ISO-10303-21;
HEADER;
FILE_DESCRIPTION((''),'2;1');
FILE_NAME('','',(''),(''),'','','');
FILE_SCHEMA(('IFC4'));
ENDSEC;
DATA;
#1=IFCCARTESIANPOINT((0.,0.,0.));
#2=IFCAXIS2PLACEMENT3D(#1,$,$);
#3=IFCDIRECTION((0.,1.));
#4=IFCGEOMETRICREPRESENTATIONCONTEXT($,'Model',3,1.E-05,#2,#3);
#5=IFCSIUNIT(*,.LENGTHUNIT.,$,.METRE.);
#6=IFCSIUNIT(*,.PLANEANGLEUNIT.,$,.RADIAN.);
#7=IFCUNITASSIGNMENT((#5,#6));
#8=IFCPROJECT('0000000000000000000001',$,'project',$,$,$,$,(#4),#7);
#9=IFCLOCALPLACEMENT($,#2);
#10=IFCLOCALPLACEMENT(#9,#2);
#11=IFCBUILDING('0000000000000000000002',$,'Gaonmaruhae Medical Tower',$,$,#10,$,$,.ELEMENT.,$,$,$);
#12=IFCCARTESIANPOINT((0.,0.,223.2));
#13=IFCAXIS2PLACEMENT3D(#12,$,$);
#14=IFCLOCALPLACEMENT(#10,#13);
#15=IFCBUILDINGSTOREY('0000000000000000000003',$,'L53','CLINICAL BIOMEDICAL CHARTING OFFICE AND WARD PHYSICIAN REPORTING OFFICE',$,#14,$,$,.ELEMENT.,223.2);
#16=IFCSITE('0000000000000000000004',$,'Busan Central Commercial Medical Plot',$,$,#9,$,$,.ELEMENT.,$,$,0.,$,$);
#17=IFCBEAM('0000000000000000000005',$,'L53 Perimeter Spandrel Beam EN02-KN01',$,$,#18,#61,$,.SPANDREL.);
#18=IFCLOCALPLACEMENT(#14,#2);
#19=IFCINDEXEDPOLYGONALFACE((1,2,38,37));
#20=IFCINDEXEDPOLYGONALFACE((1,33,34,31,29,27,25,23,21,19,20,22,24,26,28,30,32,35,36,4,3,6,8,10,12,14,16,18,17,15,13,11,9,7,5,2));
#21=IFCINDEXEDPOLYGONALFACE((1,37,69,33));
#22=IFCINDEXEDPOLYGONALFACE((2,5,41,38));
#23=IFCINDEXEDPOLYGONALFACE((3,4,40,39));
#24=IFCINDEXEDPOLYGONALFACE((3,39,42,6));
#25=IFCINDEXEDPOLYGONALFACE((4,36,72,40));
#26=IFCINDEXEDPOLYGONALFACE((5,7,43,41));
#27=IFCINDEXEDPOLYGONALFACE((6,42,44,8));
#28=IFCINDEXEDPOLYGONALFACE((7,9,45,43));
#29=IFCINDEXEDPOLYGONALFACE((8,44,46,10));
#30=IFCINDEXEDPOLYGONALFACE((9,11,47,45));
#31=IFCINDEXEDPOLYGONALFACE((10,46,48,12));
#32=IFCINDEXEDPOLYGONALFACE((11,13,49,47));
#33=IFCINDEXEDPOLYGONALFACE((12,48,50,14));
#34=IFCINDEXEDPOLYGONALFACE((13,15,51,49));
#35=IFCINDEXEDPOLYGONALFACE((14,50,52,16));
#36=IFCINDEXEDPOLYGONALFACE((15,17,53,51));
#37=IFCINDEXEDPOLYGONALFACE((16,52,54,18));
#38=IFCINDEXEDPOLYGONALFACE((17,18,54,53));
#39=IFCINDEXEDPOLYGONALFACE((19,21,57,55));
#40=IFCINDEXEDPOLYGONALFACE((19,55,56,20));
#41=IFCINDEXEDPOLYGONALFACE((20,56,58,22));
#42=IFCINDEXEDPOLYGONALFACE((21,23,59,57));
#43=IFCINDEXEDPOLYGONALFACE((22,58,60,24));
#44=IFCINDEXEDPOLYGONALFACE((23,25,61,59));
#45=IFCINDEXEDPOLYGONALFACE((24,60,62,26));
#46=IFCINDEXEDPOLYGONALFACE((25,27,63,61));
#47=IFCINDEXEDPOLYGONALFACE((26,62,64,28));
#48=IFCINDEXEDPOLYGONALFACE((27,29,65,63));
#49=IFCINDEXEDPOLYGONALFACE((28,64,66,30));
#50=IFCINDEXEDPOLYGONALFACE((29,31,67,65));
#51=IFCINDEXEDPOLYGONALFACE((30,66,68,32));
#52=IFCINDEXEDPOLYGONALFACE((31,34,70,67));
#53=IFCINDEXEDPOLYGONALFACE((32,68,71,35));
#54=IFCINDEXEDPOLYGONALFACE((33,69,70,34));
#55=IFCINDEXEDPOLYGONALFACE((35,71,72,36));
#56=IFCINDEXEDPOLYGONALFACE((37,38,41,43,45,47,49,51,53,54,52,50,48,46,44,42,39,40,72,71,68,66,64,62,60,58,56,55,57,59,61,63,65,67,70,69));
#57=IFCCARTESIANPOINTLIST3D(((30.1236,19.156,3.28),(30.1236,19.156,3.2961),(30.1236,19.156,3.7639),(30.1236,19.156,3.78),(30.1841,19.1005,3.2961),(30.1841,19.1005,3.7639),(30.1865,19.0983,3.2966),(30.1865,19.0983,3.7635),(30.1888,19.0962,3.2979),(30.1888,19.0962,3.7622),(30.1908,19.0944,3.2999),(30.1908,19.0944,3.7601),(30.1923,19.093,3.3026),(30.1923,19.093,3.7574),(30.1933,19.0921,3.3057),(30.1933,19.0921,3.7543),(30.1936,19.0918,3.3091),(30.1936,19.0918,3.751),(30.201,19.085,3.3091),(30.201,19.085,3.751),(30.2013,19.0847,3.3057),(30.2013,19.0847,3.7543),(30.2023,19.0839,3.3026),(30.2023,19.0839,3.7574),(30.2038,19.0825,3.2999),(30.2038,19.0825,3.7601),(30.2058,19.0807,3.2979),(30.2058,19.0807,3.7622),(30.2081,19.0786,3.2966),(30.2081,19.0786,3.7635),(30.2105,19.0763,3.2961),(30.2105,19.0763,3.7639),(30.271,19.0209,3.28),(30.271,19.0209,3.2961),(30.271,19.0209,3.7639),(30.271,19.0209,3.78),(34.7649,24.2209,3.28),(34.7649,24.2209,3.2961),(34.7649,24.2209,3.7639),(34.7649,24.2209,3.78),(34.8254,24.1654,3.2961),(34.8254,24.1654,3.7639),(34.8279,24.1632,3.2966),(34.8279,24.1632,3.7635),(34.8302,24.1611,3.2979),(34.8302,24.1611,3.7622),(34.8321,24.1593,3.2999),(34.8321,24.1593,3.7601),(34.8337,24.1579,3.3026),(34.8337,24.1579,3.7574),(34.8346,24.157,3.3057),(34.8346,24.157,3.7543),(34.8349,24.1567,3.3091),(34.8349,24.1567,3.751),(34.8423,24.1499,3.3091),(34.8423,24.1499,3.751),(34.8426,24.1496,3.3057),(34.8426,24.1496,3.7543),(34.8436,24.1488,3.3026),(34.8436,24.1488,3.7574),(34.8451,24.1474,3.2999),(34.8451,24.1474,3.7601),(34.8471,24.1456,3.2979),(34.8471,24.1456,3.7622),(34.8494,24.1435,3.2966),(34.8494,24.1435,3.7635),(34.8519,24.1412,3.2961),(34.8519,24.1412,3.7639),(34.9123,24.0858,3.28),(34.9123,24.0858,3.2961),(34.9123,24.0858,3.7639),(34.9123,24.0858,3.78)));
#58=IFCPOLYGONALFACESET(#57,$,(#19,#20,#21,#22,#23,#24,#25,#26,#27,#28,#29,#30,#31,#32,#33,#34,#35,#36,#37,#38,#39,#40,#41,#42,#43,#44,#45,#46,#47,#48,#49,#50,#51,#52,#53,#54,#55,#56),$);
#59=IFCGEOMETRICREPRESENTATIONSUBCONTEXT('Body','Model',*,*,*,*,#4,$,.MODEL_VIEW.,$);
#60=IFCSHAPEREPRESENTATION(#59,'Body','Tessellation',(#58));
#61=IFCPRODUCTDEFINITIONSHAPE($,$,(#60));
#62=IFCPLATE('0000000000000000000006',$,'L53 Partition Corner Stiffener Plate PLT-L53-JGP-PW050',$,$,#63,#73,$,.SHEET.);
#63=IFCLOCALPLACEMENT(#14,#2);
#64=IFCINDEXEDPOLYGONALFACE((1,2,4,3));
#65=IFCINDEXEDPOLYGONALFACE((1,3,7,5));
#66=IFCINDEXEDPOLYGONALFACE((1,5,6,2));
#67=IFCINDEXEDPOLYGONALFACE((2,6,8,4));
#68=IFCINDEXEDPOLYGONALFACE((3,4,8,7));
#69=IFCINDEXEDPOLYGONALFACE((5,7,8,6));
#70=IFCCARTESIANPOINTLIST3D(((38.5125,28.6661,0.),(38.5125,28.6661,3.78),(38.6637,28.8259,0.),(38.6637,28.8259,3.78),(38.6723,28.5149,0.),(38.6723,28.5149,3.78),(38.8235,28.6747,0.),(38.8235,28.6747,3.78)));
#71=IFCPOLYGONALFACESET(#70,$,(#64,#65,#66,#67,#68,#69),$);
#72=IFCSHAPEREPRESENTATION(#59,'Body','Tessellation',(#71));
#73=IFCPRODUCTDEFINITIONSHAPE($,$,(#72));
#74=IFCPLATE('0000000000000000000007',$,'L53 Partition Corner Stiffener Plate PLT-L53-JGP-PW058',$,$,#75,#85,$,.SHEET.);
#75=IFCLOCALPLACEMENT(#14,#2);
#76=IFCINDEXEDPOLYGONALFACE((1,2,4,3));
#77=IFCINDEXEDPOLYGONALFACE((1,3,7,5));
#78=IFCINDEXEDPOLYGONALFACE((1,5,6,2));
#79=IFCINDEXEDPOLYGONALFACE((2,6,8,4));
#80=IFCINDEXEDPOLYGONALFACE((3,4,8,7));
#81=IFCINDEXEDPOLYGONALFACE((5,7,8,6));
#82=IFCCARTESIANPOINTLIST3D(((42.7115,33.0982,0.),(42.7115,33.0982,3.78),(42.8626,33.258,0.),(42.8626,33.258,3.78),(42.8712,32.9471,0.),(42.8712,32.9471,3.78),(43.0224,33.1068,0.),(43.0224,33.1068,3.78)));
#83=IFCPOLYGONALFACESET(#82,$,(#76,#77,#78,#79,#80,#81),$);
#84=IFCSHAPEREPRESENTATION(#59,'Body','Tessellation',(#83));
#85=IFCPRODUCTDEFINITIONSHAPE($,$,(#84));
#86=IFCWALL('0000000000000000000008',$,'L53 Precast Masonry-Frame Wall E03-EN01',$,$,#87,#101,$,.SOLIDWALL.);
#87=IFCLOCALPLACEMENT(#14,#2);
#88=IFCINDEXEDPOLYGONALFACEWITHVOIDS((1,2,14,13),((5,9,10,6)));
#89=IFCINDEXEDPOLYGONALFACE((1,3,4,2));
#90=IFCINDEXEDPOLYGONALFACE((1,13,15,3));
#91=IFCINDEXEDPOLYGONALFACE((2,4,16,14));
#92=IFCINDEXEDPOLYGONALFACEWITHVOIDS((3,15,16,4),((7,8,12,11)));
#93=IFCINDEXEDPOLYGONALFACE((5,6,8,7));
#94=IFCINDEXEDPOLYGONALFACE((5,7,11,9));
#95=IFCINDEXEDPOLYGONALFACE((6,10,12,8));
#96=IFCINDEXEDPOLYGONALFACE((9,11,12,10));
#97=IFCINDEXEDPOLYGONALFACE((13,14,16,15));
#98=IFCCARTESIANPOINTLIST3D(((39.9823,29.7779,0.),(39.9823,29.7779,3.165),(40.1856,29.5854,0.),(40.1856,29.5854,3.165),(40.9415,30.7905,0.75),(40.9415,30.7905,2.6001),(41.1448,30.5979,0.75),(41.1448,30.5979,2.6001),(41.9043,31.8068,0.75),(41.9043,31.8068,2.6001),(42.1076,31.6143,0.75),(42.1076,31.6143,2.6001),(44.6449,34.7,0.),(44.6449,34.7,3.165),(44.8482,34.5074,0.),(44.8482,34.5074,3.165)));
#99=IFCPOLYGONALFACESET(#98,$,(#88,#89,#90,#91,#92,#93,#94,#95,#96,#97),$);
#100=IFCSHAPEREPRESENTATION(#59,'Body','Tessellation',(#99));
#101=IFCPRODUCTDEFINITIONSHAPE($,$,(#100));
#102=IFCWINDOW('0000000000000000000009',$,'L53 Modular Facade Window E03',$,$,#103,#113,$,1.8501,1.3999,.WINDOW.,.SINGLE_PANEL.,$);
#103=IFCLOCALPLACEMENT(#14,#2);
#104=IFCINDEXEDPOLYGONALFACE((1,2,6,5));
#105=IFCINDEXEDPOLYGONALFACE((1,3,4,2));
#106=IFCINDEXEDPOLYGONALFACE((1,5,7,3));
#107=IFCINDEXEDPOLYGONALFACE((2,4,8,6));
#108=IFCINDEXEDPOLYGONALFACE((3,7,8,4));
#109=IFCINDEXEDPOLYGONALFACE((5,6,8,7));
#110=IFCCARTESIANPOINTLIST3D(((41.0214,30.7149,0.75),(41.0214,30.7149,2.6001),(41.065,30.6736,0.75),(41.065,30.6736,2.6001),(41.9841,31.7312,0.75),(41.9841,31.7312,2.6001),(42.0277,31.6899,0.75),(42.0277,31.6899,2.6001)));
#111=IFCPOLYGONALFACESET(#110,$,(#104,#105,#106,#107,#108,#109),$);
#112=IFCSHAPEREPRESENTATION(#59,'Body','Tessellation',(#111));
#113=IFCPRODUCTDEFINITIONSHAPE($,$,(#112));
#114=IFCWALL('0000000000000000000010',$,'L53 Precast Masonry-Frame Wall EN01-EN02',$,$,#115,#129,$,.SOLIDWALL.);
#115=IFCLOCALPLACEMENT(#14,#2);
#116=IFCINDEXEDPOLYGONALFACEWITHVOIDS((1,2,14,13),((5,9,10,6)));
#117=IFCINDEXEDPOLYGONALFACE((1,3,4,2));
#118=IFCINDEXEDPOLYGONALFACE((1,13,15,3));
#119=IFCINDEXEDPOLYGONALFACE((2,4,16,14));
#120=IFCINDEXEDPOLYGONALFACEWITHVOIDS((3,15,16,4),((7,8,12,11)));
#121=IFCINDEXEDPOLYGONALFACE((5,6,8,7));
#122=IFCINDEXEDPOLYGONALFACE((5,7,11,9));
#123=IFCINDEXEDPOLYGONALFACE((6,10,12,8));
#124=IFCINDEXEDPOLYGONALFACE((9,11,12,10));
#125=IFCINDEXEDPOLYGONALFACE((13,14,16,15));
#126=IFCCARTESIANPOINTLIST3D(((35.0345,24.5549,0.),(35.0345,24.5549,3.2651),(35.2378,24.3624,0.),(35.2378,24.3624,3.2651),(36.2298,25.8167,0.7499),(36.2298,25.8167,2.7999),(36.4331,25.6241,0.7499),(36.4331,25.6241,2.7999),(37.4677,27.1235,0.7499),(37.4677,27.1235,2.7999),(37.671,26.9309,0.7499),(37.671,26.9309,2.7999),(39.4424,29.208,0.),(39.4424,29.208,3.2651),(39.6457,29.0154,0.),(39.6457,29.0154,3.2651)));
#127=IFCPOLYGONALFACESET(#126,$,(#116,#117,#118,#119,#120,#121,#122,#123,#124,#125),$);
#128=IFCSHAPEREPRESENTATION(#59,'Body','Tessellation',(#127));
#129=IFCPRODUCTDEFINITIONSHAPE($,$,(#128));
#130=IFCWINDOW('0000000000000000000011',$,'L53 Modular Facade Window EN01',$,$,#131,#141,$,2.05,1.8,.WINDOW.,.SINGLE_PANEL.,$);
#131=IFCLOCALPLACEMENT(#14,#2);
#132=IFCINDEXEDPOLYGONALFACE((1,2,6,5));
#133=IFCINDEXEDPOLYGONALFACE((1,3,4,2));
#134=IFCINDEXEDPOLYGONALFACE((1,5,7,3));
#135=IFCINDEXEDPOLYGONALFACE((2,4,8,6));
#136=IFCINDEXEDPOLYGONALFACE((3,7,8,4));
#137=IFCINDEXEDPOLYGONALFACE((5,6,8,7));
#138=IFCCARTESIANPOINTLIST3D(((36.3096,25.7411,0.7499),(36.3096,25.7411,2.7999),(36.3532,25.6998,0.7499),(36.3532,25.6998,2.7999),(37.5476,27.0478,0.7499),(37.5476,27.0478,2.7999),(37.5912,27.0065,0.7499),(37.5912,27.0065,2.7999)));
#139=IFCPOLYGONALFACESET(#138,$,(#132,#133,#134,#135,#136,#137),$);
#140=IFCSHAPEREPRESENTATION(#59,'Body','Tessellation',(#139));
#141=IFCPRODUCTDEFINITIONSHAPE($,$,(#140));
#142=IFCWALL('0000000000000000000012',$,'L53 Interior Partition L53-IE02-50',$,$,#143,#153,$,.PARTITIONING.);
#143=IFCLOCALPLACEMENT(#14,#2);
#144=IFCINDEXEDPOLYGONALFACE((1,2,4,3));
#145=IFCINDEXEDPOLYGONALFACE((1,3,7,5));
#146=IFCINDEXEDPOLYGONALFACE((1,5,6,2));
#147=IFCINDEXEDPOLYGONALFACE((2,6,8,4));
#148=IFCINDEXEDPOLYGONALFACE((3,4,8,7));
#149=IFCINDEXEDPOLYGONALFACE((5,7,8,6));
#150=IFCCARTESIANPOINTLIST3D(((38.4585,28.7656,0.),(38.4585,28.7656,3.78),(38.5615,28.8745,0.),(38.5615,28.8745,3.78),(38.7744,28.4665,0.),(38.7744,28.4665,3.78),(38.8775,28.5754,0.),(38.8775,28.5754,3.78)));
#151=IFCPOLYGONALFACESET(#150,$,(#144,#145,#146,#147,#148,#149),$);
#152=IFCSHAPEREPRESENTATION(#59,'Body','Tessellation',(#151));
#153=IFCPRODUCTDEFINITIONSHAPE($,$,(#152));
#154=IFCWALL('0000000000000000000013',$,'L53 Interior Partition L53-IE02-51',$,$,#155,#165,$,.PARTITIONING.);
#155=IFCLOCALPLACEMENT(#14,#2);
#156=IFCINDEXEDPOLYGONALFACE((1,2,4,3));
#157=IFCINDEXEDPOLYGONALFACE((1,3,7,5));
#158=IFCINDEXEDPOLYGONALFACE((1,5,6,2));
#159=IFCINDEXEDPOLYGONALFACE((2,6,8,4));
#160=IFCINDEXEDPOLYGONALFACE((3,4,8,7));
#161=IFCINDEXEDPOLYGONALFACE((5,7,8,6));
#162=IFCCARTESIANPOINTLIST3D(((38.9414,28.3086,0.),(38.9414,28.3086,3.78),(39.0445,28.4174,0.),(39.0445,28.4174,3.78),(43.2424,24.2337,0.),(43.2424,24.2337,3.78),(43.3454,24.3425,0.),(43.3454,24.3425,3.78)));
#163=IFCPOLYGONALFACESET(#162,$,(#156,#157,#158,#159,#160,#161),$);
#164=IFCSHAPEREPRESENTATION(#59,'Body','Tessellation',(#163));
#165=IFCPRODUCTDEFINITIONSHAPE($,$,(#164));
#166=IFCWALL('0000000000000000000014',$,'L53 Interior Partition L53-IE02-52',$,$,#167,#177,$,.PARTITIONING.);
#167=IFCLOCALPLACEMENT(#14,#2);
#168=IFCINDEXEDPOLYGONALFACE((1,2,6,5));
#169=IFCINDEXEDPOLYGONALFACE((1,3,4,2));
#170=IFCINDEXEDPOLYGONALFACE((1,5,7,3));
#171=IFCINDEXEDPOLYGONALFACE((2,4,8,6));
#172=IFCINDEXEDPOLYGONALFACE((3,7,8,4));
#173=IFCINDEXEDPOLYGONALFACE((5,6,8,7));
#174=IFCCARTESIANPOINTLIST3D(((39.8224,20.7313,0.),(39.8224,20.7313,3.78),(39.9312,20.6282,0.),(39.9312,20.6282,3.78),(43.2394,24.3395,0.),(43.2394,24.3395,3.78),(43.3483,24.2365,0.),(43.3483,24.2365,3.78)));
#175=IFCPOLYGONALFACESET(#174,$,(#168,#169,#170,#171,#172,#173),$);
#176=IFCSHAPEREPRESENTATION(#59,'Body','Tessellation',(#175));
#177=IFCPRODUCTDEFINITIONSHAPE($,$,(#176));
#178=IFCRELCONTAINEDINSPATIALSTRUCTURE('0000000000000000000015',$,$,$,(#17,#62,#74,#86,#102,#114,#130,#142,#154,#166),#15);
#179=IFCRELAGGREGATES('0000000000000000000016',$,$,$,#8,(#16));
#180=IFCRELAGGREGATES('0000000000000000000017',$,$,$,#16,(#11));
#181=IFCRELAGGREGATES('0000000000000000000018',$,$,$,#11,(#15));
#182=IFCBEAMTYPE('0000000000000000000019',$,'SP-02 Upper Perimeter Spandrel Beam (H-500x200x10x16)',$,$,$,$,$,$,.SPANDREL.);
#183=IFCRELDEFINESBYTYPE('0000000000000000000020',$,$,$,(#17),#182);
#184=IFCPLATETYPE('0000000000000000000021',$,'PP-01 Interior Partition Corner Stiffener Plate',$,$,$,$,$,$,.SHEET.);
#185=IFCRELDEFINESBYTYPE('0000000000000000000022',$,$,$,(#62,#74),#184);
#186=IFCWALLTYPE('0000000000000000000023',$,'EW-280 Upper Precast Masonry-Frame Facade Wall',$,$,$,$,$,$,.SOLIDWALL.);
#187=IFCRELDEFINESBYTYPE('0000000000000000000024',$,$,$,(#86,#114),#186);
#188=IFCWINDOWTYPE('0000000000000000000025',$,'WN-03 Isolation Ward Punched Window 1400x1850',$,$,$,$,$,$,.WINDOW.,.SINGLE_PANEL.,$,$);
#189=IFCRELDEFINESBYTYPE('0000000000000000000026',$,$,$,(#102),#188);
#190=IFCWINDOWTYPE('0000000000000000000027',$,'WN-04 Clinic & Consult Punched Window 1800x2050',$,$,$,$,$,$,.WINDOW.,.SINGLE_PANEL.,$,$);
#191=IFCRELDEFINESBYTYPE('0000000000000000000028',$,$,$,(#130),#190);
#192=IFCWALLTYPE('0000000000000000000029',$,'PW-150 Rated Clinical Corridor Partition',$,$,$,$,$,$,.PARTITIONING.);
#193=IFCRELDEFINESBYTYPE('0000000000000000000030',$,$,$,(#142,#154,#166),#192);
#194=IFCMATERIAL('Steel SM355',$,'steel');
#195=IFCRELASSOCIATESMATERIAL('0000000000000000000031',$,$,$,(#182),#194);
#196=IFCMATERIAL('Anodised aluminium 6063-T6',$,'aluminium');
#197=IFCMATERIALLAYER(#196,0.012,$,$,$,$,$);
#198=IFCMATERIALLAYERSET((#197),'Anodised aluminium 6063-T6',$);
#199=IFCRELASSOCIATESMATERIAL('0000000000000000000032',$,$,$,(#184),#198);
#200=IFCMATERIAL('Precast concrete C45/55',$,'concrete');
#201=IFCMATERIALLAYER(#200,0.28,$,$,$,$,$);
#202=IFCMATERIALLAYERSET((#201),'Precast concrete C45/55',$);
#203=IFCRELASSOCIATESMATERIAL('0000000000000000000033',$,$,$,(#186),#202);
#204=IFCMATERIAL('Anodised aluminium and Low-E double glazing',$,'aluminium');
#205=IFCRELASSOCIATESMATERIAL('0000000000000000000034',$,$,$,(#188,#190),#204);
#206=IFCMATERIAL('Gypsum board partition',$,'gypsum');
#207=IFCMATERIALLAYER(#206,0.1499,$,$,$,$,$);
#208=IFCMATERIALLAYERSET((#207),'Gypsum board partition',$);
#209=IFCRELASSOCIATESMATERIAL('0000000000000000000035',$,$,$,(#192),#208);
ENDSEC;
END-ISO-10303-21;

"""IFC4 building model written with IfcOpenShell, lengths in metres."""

from ifc_helpers import new_model, si_unit, direction, frame, frame_2d, origin, origin_2d, place, context, subcontext, project, spatial, rectangle, i_section, extrude, material, layer, layer_set, material_profile, profile_set, type_object, element, fill, save


model = new_model("IFC4")

# Units and contexts
model_context = context("Model", 3, precision=1e-05, world=origin(), true_north=direction((0.0, 1.0)))
body_context = subcontext(model_context, "Body", "Model", "MODEL_VIEW")
ifc_project = project(units=[si_unit("LENGTHUNIT", "METRE"), si_unit("PLANEANGLEUNIT", "RADIAN")], contexts=[model_context])

# Site, building, storey
site_placement = place(None, origin())
site = spatial("IfcSite", under=ifc_project, at=site_placement, Name="Busan Central Commercial Medical Plot", CompositionType="ELEMENT", RefElevation=0.0)
building_placement = place(site_placement, origin())
building = spatial("IfcBuilding", under=site, at=building_placement, Name="Gaonmaruhae Medical Tower", CompositionType="ELEMENT")
storey_placement = place(building_placement, frame((0.0, 0.0, 223.2)))
storey = spatial("IfcBuildingStorey", under=building, at=storey_placement, Name="L53", Description="CLINICAL BIOMEDICAL CHARTING OFFICE AND WARD PHYSICIAN REPORTING OFFICE", CompositionType="ELEMENT", Elevation=223.2)

# Beam
ifc_material_1 = material(Name="Steel SM355", Category="steel")
ifc_material_profile_1 = material_profile(ifc_material_1, i_section(OverallWidth=0.2, OverallDepth=0.5, WebThickness=0.01, FlangeThickness=0.0161, FilletRadius=0.0129, at=origin_2d()), Name="H-500x200x10x16")
ifc_profile_set_1 = profile_set([ifc_material_profile_1], Name="Steel SM355")
beam_type_1 = type_object("IfcBeamType", Name="SP-02 Upper Perimeter Spandrel Beam (H-500x200x10x16)", PredefinedType="SPANDREL", material=ifc_profile_set_1)
beam_1_placement = place(storey_placement, frame((34.8386, 24.1533, 3.53), z_axis=(-0.675606, -0.737263, 0.0), x_axis=(0.737263, -0.675606, 0.0)))
element("IfcBeam", 1, at=beam_1_placement, inside=storey, type_object=beam_type_1, Name="L53 Perimeter Spandrel Beam EN02-KN01", PredefinedType="SPANDREL", context=body_context, shape_type="SweptSolid", body=[
    extrude(i_section(OverallWidth=0.2, OverallDepth=0.5, WebThickness=0.01, FlangeThickness=0.0161, FilletRadius=0.0129, at=origin_2d()), origin(), (0.0, 0.0, 1.0), 6.8699),
])

# Plates
ifc_material_2 = material(Name="Anodised aluminium 6063-T6", Category="aluminium")
ifc_layer_1 = layer(ifc_material_2, 0.012)
ifc_layer_set_1 = layer_set([ifc_layer_1], Name="Anodised aluminium 6063-T6")
plate_type = type_object("IfcPlateType", Name="PP-01 Interior Partition Corner Stiffener Plate", PredefinedType="SHEET", material=ifc_layer_set_1)
for number, where, z_axis, x_axis, name in (
    (2, (38.668, 28.6704, 0.0), (0.0, 0.0, 1.0), (0.726371, -0.687303, 0.0), "L53 Partition Corner Stiffener Plate PLT-L53-JGP-PW050"),
    (3, (42.8669, 33.1025, 0.0), (0.0, 0.0, 1.0), (0.726371, -0.687303, 0.0), "L53 Partition Corner Stiffener Plate PLT-L53-JGP-PW058"),
):
    element("IfcPlate", number, at=place(storey_placement, frame(where, z_axis=z_axis, x_axis=x_axis)), inside=storey, type_object=plate_type, Name=name, PredefinedType="SHEET", context=body_context, shape_type="SweptSolid", body=[
        extrude(rectangle(XDim=0.22, YDim=0.22, at=origin_2d()), origin(), (0.0, 0.0, 1.0), 3.78),
    ])

# Walls, openings, windows
ifc_material_3 = material(Name="Precast concrete C45/55", Category="concrete")
ifc_layer_2 = layer(ifc_material_3, 0.28)
ifc_layer_set_2 = layer_set([ifc_layer_2], Name="Precast concrete C45/55")
wall_type_1 = type_object("IfcWallType", Name="EW-280 Upper Precast Masonry-Frame Facade Wall", PredefinedType="SOLIDWALL", material=ifc_layer_set_2)
wall_1_placement = place(storey_placement, frame((40.084, 29.6816, 0.0), z_axis=(0.0, 0.0, 1.0), x_axis=(0.687709, 0.725987, 0.0)))
wall_1 = element("IfcWall", 4, at=wall_1_placement, inside=storey, type_object=wall_type_1, Name="L53 Precast Masonry-Frame Wall E03-EN01", PredefinedType="SOLIDWALL", context=body_context, shape_type="SweptSolid", body=[
    extrude(rectangle(XDim=6.7798, YDim=0.28, at=frame_2d((3.3899, 0.0))), origin(), (0.0, 0.0, 1.0), 3.165),
])
opening_1_placement = place(wall_1_placement, frame((1.3948, 0.0, 0.75)))
opening_1 = element("IfcOpeningElement", 5, at=opening_1_placement, cuts=wall_1, PredefinedType="OPENING", context=body_context, shape_type="SweptSolid", body=[
    extrude(rectangle(XDim=1.3999, YDim=1.8501, at=frame_2d((0.7, 0.925))), frame((0.0, 0.1499, 0.0), z_axis=(0.0, -1.0, 0.0), x_axis=(1.0, 0.0, 0.0)), (0.0, 0.0, 1.0), 0.3),
])
ifc_material_4 = material(Name="Anodised aluminium and Low-E double glazing", Category="aluminium")
window_type_1 = type_object("IfcWindowType", Name="WN-03 Isolation Ward Punched Window 1400x1850", PartitioningType="SINGLE_PANEL", PredefinedType="WINDOW", material=ifc_material_4)
window_1_placement = place(opening_1_placement, origin())
window_1 = element("IfcWindow", 6, at=window_1_placement, inside=storey, type_object=window_type_1, Name="L53 Modular Facade Window E03", OverallHeight=1.8501, OverallWidth=1.3999, PartitioningType="SINGLE_PANEL", PredefinedType="WINDOW", context=body_context, shape_type="SweptSolid", body=[
    extrude(rectangle(XDim=1.3999, YDim=1.8501, at=frame_2d((0.7, 0.925))), frame((0.0, 0.03, 0.0), z_axis=(0.0, -1.0, 0.0), x_axis=(1.0, 0.0, 0.0)), (0.0, 0.0, 1.0), 0.0601),
])
fill(opening_1, window_1)
wall_2_placement = place(storey_placement, frame((35.1362, 24.4587, 0.0), z_axis=(0.0, 0.0, 1.0), x_axis=(0.687727, 0.72597, 0.0)))
wall_2 = element("IfcWall", 7, at=wall_2_placement, inside=storey, type_object=wall_type_1, Name="L53 Precast Masonry-Frame Wall EN01-EN02", PredefinedType="SOLIDWALL", context=body_context, shape_type="SweptSolid", body=[
    extrude(rectangle(XDim=6.4094, YDim=0.28, at=frame_2d((3.2046, 0.0))), origin(), (0.0, 0.0, 1.0), 3.2651),
])
opening_2_placement = place(wall_2_placement, frame((1.738, 0.0, 0.75)))
opening_2 = element("IfcOpeningElement", 8, at=opening_2_placement, cuts=wall_2, PredefinedType="OPENING", context=body_context, shape_type="SweptSolid", body=[
    extrude(rectangle(XDim=1.8, YDim=2.05, at=frame_2d((0.8999, 1.0249))), frame((0.0, 0.1499, 0.0), z_axis=(0.0, -1.0, 0.0), x_axis=(1.0, 0.0, 0.0)), (0.0, 0.0, 1.0), 0.3),
])
window_type_2 = type_object("IfcWindowType", Name="WN-04 Clinic & Consult Punched Window 1800x2050", PartitioningType="SINGLE_PANEL", PredefinedType="WINDOW", material=ifc_material_4)
window_2_placement = place(opening_2_placement, origin())
window_2 = element("IfcWindow", 9, at=window_2_placement, inside=storey, type_object=window_type_2, Name="L53 Modular Facade Window EN01", OverallHeight=2.05, OverallWidth=1.8, PartitioningType="SINGLE_PANEL", PredefinedType="WINDOW", context=body_context, shape_type="SweptSolid", body=[
    extrude(rectangle(XDim=1.8, YDim=2.05, at=frame_2d((0.8999, 1.0249))), frame((0.0, 0.03, 0.0), z_axis=(0.0, -1.0, 0.0), x_axis=(1.0, 0.0, 0.0)), (0.0, 0.0, 1.0), 0.0601),
])
fill(opening_2, window_2)

# Walls
ifc_material_5 = material(Name="Gypsum board partition", Category="gypsum")
ifc_layer_3 = layer(ifc_material_5, 0.1499)
ifc_layer_set_3 = layer_set([ifc_layer_3], Name="Gypsum board partition")
wall_type_2 = type_object("IfcWallType", Name="PW-150 Rated Clinical Corridor Partition", PredefinedType="PARTITIONING", material=ifc_layer_set_3)
wall_3_placement = place(storey_placement, frame((38.51, 28.8201, 0.0), z_axis=(0.0, 0.0, 1.0), x_axis=(0.726203, -0.68748, 0.0)))
element("IfcWall", 10, at=wall_3_placement, inside=storey, type_object=wall_type_2, Name="L53 Interior Partition L53-IE02-50", PredefinedType="PARTITIONING", context=body_context, shape_type="SweptSolid", body=[
    extrude(rectangle(XDim=0.4351, YDim=0.1499, at=frame_2d((0.2175, 0.0))), origin(), (0.0, 0.0, 1.0), 3.78),
])
wall_4_placement = place(storey_placement, frame((38.9929, 28.363, 0.0), z_axis=(0.0, 0.0, 1.0), x_axis=(0.725928, -0.687771, 0.0)))
element("IfcWall", 11, at=wall_4_placement, inside=storey, type_object=wall_type_2, Name="L53 Interior Partition L53-IE02-51", PredefinedType="PARTITIONING", context=body_context, shape_type="SweptSolid", body=[
    extrude(rectangle(XDim=5.9248, YDim=0.1499, at=frame_2d((2.9624, 0.0))), origin(), (0.0, 0.0, 1.0), 3.78),
])
wall_5_placement = place(storey_placement, frame((43.2939, 24.2881, 0.0), z_axis=(0.0, 0.0, 1.0), x_axis=(-0.687611, -0.726079, 0.0)))
element("IfcWall", 12, at=wall_5_placement, inside=storey, type_object=wall_type_2, Name="L53 Interior Partition L53-IE02-52", PredefinedType="PARTITIONING", context=body_context, shape_type="SweptSolid", body=[
    extrude(rectangle(XDim=4.9695, YDim=0.1499, at=frame_2d((2.4849, 0.0))), origin(), (0.0, 0.0, 1.0), 3.78),
])

save(model, "model.ifc")
